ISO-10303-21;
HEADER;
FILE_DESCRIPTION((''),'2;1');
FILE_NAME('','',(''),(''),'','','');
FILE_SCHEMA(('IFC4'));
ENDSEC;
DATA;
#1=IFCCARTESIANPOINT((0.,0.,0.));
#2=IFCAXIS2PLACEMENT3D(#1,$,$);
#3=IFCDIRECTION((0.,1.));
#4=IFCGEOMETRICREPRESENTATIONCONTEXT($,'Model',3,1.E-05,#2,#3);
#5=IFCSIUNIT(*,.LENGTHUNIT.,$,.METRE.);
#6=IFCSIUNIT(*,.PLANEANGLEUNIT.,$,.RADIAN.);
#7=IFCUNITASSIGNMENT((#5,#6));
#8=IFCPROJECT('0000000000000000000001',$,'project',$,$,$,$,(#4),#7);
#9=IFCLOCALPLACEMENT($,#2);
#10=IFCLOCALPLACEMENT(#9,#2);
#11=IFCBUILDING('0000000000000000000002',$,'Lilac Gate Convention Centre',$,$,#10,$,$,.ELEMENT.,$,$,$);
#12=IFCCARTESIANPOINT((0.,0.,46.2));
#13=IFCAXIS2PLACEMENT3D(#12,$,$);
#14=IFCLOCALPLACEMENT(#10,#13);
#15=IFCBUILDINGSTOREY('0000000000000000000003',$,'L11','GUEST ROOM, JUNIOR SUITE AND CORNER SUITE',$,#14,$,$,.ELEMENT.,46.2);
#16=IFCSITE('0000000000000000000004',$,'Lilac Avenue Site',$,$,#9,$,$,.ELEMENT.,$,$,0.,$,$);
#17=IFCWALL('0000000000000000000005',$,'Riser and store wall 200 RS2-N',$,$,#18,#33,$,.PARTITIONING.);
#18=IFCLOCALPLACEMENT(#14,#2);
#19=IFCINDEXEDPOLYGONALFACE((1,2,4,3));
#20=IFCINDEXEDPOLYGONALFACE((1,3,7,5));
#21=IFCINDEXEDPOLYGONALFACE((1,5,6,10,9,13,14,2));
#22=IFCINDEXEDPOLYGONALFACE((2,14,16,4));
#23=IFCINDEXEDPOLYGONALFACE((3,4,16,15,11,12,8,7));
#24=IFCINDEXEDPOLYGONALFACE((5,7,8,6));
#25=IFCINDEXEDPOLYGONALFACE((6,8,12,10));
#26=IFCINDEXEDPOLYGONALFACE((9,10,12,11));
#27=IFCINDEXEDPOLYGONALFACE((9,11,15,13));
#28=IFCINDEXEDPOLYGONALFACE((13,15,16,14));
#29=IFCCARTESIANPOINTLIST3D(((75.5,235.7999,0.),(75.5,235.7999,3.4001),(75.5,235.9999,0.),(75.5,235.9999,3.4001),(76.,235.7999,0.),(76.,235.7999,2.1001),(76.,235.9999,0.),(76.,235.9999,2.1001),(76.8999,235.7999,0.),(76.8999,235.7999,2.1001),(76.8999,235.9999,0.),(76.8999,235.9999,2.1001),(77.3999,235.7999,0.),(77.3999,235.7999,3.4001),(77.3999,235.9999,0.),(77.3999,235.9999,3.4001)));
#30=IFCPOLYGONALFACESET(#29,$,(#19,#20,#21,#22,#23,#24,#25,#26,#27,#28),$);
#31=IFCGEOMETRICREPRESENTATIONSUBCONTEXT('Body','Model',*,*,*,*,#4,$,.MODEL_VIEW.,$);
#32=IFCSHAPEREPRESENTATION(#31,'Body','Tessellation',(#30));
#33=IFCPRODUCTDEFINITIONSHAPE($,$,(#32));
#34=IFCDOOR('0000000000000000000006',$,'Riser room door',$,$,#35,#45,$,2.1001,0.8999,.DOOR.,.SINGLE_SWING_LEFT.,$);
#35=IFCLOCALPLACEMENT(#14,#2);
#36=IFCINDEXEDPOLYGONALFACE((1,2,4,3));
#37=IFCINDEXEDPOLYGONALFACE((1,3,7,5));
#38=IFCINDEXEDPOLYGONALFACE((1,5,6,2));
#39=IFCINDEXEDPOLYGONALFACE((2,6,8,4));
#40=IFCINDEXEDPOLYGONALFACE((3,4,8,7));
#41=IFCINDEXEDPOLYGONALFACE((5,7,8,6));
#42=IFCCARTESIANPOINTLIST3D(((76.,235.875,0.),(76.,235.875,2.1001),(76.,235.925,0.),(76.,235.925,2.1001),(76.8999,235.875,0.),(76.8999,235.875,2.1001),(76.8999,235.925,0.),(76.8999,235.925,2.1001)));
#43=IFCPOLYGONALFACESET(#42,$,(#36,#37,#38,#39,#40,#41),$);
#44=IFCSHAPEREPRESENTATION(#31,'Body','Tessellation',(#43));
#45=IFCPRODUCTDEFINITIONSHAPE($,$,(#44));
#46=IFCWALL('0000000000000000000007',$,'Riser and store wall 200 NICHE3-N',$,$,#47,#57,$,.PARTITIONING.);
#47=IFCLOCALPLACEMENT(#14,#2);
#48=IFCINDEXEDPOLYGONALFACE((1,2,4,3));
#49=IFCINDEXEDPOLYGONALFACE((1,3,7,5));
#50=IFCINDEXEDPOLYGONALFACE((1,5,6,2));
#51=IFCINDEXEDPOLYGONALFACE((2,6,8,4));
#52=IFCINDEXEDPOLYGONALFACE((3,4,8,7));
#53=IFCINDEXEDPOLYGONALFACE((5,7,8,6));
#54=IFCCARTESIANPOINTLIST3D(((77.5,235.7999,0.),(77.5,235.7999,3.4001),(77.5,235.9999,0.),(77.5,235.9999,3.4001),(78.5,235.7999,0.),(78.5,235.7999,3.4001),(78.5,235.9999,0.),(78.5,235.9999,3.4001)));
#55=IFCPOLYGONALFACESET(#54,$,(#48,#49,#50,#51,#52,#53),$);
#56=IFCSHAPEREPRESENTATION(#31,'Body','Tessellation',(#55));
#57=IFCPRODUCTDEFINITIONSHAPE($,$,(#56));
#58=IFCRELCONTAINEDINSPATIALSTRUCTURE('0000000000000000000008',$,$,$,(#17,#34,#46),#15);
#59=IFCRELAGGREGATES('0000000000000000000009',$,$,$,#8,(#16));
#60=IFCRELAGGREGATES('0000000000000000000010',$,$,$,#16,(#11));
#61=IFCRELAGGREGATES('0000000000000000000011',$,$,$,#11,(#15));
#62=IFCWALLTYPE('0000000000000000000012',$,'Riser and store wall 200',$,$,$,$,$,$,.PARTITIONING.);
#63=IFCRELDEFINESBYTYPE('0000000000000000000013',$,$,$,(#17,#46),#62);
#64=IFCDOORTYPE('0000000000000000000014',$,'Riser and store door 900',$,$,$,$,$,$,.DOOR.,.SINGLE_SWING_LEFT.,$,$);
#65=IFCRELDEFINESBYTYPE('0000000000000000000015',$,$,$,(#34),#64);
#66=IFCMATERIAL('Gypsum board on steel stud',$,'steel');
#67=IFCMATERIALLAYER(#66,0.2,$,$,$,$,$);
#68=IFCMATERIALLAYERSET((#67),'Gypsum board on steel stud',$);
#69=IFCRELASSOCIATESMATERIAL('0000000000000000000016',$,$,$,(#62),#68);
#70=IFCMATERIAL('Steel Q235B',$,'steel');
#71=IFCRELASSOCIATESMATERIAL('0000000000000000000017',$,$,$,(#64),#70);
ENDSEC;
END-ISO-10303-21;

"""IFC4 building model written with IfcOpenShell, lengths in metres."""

from ifc_helpers import new_model, si_unit, direction, frame, frame_2d, origin, place, context, subcontext, project, spatial, rectangle, extrude, material, layer, layer_set, type_object, element, fill, save


model = new_model("IFC4")

# Units and contexts
model_context = context("Model", 3, precision=1e-05, world=origin(), true_north=direction((0.0, 1.0)))
body_context = subcontext(model_context, "Body", "Model", "MODEL_VIEW")
ifc_project = project(units=[si_unit("LENGTHUNIT", "METRE"), si_unit("PLANEANGLEUNIT", "RADIAN")], contexts=[model_context])

# Site, building, storey
site_placement = place(None, origin())
site = spatial("IfcSite", under=ifc_project, at=site_placement, Name="Lilac Avenue Site", CompositionType="ELEMENT", RefElevation=0.0)
building_placement = place(site_placement, origin())
building = spatial("IfcBuilding", under=site, at=building_placement, Name="Lilac Gate Convention Centre", CompositionType="ELEMENT")
storey_placement = place(building_placement, frame((0.0, 0.0, 46.2)))
storey = spatial("IfcBuildingStorey", under=building, at=storey_placement, Name="L11", Description="GUEST ROOM, JUNIOR SUITE AND CORNER SUITE", CompositionType="ELEMENT", Elevation=46.2)

# Shared definitions
ifc_material_1 = material(Name="Gypsum board on steel stud", Category="steel")

# Wall, opening, door
ifc_layer_1 = layer(ifc_material_1, 0.2)
ifc_layer_set_1 = layer_set([ifc_layer_1], Name="Gypsum board on steel stud")
wall_type_1 = type_object("IfcWallType", Name="Riser and store wall 200", PredefinedType="PARTITIONING", material=ifc_layer_set_1)
wall_1_placement = place(storey_placement, frame((77.3999, 235.8999, 0.0), z_axis=(0.0, 0.0, 1.0), x_axis=(-1.0, 0.0, 0.0)))
wall_1 = element("IfcWall", 1, at=wall_1_placement, inside=storey, type_object=wall_type_1, Name="Riser and store wall 200 RS2-N", PredefinedType="PARTITIONING", context=body_context, shape_type="SweptSolid", body=[
    extrude(rectangle(XDim=1.8999, YDim=0.2, at=frame_2d((0.95, 0.0))), origin(), (0.0, 0.0, 1.0), 3.4001),
])
opening_1_placement = place(wall_1_placement, frame((0.5, 0.0, 0.0)))
opening_1 = element("IfcOpeningElement", 2, at=opening_1_placement, cuts=wall_1, PredefinedType="OPENING", context=body_context, shape_type="SweptSolid", body=[
    extrude(rectangle(XDim=0.8999, YDim=2.1001, at=frame_2d((0.45, 1.05))), frame((0.0, 0.1099, 0.0), z_axis=(0.0, -1.0, 0.0), x_axis=(1.0, 0.0, 0.0)), (0.0, 0.0, 1.0), 0.22),
])
ifc_material_2 = material(Name="Steel Q235B", Category="steel")
door_type_1 = type_object("IfcDoorType", Name="Riser and store door 900", OperationType="SINGLE_SWING_LEFT", PredefinedType="DOOR", material=ifc_material_2)
door_1_placement = place(opening_1_placement, origin())
door_1 = element("IfcDoor", 3, at=door_1_placement, inside=storey, type_object=door_type_1, Name="Riser room door", OperationType="SINGLE_SWING_LEFT", OverallHeight=2.1001, OverallWidth=0.8999, PredefinedType="DOOR", context=body_context, shape_type="SweptSolid", body=[
    extrude(rectangle(XDim=0.8999, YDim=2.1001, at=frame_2d((0.45, 1.05))), frame((0.0, 0.0249, 0.0), z_axis=(0.0, -1.0, 0.0), x_axis=(1.0, 0.0, 0.0)), (0.0, 0.0, 1.0), 0.05),
])
fill(opening_1, door_1)

# Wall
wall_2_placement = place(storey_placement, frame((77.5, 235.8999, 0.0), z_axis=(0.0, 0.0, 1.0), x_axis=(1.0, 0.0, 0.0)))
element("IfcWall", 4, at=wall_2_placement, inside=storey, type_object=wall_type_1, Name="Riser and store wall 200 NICHE3-N", PredefinedType="PARTITIONING", context=body_context, shape_type="SweptSolid", body=[
    extrude(rectangle(XDim=1.0, YDim=0.2, at=frame_2d((0.5, 0.0))), origin(), (0.0, 0.0, 1.0), 3.4001),
])

save(model, "model.ifc")
